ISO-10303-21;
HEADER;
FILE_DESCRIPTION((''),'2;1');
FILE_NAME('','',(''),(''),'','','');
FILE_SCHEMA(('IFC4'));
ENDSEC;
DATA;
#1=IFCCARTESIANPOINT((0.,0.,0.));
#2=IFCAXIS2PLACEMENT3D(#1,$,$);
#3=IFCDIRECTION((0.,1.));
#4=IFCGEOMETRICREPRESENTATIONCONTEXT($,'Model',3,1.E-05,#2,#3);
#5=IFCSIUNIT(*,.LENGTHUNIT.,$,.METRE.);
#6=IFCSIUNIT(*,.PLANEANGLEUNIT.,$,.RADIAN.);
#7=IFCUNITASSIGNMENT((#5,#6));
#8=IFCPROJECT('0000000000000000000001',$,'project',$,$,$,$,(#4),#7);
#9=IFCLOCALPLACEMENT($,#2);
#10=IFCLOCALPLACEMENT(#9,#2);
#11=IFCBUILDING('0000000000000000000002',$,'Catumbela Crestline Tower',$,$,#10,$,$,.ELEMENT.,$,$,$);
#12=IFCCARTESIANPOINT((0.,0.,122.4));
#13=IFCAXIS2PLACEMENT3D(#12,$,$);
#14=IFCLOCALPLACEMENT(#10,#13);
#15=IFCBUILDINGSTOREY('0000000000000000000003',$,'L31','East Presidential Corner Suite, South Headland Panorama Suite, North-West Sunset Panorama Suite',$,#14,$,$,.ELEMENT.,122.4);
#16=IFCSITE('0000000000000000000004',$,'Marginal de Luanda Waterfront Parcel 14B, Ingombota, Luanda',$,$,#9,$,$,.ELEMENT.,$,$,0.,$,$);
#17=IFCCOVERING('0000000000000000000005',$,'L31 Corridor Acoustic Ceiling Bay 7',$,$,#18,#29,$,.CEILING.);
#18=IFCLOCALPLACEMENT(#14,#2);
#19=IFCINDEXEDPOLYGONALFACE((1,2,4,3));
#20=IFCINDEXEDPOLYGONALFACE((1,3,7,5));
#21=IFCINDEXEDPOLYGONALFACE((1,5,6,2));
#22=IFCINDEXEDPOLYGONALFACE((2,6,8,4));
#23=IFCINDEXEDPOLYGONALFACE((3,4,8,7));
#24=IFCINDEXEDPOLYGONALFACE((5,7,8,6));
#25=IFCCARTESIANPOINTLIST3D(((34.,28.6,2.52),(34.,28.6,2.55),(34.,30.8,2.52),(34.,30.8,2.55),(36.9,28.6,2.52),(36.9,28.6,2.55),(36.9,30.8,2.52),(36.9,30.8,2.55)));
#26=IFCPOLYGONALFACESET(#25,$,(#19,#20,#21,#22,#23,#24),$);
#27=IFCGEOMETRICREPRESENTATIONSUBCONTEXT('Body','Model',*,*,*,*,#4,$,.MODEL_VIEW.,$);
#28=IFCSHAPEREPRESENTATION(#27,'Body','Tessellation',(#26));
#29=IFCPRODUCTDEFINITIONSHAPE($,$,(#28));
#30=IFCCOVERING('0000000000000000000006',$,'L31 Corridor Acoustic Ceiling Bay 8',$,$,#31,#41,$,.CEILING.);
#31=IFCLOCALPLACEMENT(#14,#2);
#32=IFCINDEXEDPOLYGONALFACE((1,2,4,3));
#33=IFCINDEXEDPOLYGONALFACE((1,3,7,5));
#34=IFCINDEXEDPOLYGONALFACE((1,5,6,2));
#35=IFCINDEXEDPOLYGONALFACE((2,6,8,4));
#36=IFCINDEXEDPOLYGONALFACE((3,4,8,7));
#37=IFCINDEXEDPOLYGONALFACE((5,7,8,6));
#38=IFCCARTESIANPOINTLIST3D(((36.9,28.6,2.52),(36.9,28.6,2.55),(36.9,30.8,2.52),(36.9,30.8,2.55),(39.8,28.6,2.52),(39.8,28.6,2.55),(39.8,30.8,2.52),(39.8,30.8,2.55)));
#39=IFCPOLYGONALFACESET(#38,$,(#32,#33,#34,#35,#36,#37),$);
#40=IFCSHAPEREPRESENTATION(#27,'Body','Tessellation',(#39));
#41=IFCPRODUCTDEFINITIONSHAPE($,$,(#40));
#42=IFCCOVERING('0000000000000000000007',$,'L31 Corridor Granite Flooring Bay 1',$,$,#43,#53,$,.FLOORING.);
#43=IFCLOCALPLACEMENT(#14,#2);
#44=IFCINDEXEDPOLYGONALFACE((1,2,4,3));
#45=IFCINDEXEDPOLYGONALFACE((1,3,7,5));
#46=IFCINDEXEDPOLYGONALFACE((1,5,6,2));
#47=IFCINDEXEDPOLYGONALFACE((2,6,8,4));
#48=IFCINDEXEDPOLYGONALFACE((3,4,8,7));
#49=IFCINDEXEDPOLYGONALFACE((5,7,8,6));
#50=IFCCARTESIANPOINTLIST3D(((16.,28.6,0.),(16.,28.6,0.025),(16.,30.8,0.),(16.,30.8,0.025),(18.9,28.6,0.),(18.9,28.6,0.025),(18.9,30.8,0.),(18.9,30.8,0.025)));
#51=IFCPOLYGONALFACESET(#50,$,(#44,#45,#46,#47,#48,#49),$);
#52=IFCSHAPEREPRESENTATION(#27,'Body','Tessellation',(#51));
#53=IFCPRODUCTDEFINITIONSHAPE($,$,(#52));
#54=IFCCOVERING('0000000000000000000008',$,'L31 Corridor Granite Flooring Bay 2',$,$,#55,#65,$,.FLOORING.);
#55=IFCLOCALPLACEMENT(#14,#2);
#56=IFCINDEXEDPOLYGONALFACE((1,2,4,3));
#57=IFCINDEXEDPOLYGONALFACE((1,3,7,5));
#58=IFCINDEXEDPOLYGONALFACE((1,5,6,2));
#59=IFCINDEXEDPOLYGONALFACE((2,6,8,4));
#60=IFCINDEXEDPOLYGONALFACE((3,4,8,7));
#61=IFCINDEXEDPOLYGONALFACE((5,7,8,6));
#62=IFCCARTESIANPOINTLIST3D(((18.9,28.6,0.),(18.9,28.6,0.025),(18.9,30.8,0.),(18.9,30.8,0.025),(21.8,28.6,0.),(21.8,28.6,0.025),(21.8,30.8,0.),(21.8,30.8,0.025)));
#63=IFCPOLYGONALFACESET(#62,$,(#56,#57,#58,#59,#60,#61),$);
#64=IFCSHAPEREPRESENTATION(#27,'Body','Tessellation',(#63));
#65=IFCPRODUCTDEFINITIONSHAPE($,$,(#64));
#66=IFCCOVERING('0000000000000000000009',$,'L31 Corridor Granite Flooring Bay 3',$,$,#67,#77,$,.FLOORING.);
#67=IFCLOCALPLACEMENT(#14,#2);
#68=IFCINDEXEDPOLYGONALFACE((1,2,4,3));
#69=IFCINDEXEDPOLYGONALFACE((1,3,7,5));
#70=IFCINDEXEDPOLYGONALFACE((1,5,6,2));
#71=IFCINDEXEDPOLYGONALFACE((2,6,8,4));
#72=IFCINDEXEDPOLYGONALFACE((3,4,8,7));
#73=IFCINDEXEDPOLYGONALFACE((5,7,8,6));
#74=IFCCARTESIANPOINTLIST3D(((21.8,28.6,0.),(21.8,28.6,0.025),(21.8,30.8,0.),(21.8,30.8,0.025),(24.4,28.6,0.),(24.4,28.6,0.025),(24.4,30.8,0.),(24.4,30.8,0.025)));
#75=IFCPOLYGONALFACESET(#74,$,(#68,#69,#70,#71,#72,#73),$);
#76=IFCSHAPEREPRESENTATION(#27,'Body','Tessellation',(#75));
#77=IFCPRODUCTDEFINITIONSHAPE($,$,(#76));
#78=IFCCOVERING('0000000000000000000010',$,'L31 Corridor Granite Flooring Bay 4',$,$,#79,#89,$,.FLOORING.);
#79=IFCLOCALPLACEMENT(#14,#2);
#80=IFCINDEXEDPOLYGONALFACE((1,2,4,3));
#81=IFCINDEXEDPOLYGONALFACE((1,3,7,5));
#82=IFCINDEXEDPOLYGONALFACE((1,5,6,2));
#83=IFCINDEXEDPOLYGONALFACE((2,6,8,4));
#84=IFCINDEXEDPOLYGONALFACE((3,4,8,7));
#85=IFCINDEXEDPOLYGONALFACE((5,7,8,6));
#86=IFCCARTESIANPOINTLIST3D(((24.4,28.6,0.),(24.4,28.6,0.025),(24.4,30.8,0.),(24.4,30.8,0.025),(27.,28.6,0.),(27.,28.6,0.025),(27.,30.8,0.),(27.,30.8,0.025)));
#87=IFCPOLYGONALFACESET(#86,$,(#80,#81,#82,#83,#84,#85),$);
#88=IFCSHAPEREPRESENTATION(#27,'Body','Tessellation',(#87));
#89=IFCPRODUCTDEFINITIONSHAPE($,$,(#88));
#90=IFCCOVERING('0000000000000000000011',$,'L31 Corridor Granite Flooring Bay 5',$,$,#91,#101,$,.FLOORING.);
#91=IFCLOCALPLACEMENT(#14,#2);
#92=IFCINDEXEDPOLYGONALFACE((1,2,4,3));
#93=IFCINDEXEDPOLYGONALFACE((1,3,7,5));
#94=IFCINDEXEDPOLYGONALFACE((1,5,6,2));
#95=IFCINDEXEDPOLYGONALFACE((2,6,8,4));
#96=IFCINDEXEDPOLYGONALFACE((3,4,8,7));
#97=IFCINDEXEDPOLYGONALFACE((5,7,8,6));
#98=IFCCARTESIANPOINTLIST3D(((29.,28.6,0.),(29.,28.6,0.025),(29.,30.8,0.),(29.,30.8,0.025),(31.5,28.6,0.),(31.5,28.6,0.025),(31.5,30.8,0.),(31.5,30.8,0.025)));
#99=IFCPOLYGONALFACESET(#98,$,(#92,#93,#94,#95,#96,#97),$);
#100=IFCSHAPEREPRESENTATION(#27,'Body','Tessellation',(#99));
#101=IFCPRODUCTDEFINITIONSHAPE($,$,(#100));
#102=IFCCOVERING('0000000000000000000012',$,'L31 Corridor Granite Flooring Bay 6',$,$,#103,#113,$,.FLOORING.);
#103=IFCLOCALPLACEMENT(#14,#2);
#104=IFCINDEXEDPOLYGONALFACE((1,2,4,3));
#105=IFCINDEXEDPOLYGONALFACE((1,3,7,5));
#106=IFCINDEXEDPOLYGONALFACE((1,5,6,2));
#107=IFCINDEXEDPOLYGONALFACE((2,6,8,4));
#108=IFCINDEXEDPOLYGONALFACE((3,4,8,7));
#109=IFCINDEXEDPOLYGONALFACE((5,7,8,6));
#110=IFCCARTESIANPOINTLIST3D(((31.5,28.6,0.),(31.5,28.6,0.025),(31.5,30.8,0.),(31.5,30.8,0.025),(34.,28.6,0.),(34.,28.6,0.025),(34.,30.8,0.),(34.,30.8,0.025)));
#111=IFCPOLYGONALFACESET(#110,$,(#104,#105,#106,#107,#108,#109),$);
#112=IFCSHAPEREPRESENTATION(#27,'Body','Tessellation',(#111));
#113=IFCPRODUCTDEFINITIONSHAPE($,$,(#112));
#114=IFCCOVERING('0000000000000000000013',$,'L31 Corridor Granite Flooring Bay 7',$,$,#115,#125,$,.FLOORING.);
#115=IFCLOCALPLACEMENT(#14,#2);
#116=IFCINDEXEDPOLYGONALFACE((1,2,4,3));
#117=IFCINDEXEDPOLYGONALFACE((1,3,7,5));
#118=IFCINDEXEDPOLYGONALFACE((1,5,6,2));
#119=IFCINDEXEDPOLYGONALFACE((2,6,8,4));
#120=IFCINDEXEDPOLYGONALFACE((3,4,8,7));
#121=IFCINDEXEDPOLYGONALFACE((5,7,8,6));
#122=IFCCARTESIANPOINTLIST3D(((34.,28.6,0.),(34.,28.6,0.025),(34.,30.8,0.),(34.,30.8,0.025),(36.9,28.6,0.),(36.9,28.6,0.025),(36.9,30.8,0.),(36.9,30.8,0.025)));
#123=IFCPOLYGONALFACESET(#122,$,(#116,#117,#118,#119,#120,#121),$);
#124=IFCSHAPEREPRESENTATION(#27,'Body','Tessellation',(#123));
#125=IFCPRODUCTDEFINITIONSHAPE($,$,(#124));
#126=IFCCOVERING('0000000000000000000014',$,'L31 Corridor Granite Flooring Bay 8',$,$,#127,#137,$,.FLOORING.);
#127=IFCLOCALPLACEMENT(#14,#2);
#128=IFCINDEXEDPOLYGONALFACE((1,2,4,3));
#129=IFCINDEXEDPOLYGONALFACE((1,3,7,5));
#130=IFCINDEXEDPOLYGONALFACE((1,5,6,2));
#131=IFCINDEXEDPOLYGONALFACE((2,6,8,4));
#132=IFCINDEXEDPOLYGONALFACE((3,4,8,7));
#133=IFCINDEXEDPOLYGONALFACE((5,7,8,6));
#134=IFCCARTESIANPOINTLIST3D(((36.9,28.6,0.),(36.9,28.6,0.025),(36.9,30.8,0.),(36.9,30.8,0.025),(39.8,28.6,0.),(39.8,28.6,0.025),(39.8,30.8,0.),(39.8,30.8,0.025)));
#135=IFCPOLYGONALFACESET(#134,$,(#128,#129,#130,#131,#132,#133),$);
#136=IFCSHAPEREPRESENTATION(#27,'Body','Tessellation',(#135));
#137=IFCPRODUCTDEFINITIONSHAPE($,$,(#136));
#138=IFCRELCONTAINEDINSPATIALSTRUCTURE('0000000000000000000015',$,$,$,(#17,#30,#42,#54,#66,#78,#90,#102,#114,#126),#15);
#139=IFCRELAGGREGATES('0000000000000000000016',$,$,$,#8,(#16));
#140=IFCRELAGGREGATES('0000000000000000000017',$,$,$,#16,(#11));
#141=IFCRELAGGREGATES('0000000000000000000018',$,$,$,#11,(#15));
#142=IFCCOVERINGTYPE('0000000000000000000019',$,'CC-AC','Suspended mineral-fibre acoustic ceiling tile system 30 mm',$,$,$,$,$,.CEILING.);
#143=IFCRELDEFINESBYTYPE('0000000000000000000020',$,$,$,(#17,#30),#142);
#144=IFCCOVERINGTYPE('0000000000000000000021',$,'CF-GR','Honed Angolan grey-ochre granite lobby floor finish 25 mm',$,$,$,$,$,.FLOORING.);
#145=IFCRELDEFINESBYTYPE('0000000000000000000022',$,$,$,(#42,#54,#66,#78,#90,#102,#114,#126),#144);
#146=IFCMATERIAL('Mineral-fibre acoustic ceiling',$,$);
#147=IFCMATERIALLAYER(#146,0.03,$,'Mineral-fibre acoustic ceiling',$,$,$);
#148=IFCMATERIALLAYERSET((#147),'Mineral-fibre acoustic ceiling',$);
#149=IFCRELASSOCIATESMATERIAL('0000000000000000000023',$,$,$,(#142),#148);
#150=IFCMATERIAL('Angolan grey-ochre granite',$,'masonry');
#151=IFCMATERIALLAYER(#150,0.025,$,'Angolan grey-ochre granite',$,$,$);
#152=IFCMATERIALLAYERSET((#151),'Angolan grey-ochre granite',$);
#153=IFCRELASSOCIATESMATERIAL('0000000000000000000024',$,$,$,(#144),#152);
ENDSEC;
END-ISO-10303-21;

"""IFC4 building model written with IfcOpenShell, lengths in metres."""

from ifc_helpers import new_model, si_unit, direction, frame, origin, place, context, subcontext, project, spatial, polyline, outline, extrude, material, layer, layer_set, type_object, element, save


model = new_model("IFC4")

# Units and contexts
model_context = context("Model", 3, precision=1e-05, world=origin(), true_north=direction((0.0, 1.0)))
body_context = subcontext(model_context, "Body", "Model", "MODEL_VIEW")
ifc_project = project(units=[si_unit("LENGTHUNIT", "METRE"), si_unit("PLANEANGLEUNIT", "RADIAN")], contexts=[model_context])

# Site, building, storey
site_placement = place(None, origin())
site = spatial("IfcSite", under=ifc_project, at=site_placement, Name="Marginal de Luanda Waterfront Parcel 14B, Ingombota, Luanda", CompositionType="ELEMENT", RefElevation=0.0)
building_placement = place(site_placement, origin())
building = spatial("IfcBuilding", under=site, at=building_placement, Name="Catumbela Crestline Tower", CompositionType="ELEMENT")
storey_placement = place(building_placement, frame((0.0, 0.0, 122.4)))
storey = spatial("IfcBuildingStorey", under=building, at=storey_placement, Name="L31", Description="East Presidential Corner Suite, South Headland Panorama Suite, North-West Sunset Panorama Suite", CompositionType="ELEMENT", Elevation=122.4)

# Shared definitions
ifc_material_1 = material(Name="Angolan grey-ochre granite", Category="masonry")

# Coverings
ifc_material_2 = material(Name="Mineral-fibre acoustic ceiling")
ifc_layer_1 = layer(ifc_material_2, 0.03, Name="Mineral-fibre acoustic ceiling")
ifc_layer_set_1 = layer_set([ifc_layer_1], Name="Mineral-fibre acoustic ceiling")
covering_type_1 = type_object("IfcCoveringType", Name="CC-AC", Description="Suspended mineral-fibre acoustic ceiling tile system 30 mm", PredefinedType="CEILING", material=ifc_layer_set_1)
covering_1_placement = place(storey_placement, frame((0.0, 0.0, 2.52)))
element("IfcCovering", 1, at=covering_1_placement, inside=storey, type_object=covering_type_1, Name="L31 Corridor Acoustic Ceiling Bay 7", PredefinedType="CEILING", context=body_context, shape_type="SweptSolid", body=[
    extrude(outline(polyline([(34.0, 28.6), (36.9, 28.6), (36.9, 30.8), (34.0, 30.8), (34.0, 28.6)])), origin(), (0.0, 0.0, 1.0), 0.03),
])
covering_2_placement = place(storey_placement, frame((0.0, 0.0, 2.52)))
element("IfcCovering", 2, at=covering_2_placement, inside=storey, type_object=covering_type_1, Name="L31 Corridor Acoustic Ceiling Bay 8", PredefinedType="CEILING", context=body_context, shape_type="SweptSolid", body=[
    extrude(outline(polyline([(36.9, 28.6), (39.8, 28.6), (39.8, 30.8), (36.9, 30.8), (36.9, 28.6)])), origin(), (0.0, 0.0, 1.0), 0.03),
])
ifc_layer_2 = layer(ifc_material_1, 0.025, Name="Angolan grey-ochre granite")
ifc_layer_set_2 = layer_set([ifc_layer_2], Name="Angolan grey-ochre granite")
covering_type_2 = type_object("IfcCoveringType", Name="CF-GR", Description="Honed Angolan grey-ochre granite lobby floor finish 25 mm", PredefinedType="FLOORING", material=ifc_layer_set_2)
covering_3_placement = place(storey_placement, origin())
element("IfcCovering", 3, at=covering_3_placement, inside=storey, type_object=covering_type_2, Name="L31 Corridor Granite Flooring Bay 1", PredefinedType="FLOORING", context=body_context, shape_type="SweptSolid", body=[
    extrude(outline(polyline([(16.0, 28.6), (18.9, 28.6), (18.9, 30.8), (16.0, 30.8), (16.0, 28.6)])), origin(), (0.0, 0.0, 1.0), 0.025),
])
covering_4_placement = place(storey_placement, origin())
element("IfcCovering", 4, at=covering_4_placement, inside=storey, type_object=covering_type_2, Name="L31 Corridor Granite Flooring Bay 2", PredefinedType="FLOORING", context=body_context, shape_type="SweptSolid", body=[
    extrude(outline(polyline([(18.9, 28.6), (21.8, 28.6), (21.8, 30.8), (18.9, 30.8), (18.9, 28.6)])), origin(), (0.0, 0.0, 1.0), 0.025),
])
covering_5_placement = place(storey_placement, origin())
element("IfcCovering", 5, at=covering_5_placement, inside=storey, type_object=covering_type_2, Name="L31 Corridor Granite Flooring Bay 3", PredefinedType="FLOORING", context=body_context, shape_type="SweptSolid", body=[
    extrude(outline(polyline([(21.8, 28.6), (24.4, 28.6), (24.4, 30.8), (21.8, 30.8), (21.8, 28.6)])), origin(), (0.0, 0.0, 1.0), 0.025),
])
covering_6_placement = place(storey_placement, origin())
element("IfcCovering", 6, at=covering_6_placement, inside=storey, type_object=covering_type_2, Name="L31 Corridor Granite Flooring Bay 4", PredefinedType="FLOORING", context=body_context, shape_type="SweptSolid", body=[
    extrude(outline(polyline([(24.4, 28.6), (27.0, 28.6), (27.0, 30.8), (24.4, 30.8), (24.4, 28.6)])), origin(), (0.0, 0.0, 1.0), 0.025),
])
covering_7_placement = place(storey_placement, origin())
element("IfcCovering", 7, at=covering_7_placement, inside=storey, type_object=covering_type_2, Name="L31 Corridor Granite Flooring Bay 5", PredefinedType="FLOORING", context=body_context, shape_type="SweptSolid", body=[
    extrude(outline(polyline([(29.0, 28.6), (31.5, 28.6), (31.5, 30.8), (29.0, 30.8), (29.0, 28.6)])), origin(), (0.0, 0.0, 1.0), 0.025),
])
covering_8_placement = place(storey_placement, origin())
element("IfcCovering", 8, at=covering_8_placement, inside=storey, type_object=covering_type_2, Name="L31 Corridor Granite Flooring Bay 6", PredefinedType="FLOORING", context=body_context, shape_type="SweptSolid", body=[
    extrude(outline(polyline([(31.5, 28.6), (34.0, 28.6), (34.0, 30.8), (31.5, 30.8), (31.5, 28.6)])), origin(), (0.0, 0.0, 1.0), 0.025),
])
covering_9_placement = place(storey_placement, origin())
element("IfcCovering", 9, at=covering_9_placement, inside=storey, type_object=covering_type_2, Name="L31 Corridor Granite Flooring Bay 7", PredefinedType="FLOORING", context=body_context, shape_type="SweptSolid", body=[
    extrude(outline(polyline([(34.0, 28.6), (36.9, 28.6), (36.9, 30.8), (34.0, 30.8), (34.0, 28.6)])), origin(), (0.0, 0.0, 1.0), 0.025),
])
covering_10_placement = place(storey_placement, origin())
element("IfcCovering", 10, at=covering_10_placement, inside=storey, type_object=covering_type_2, Name="L31 Corridor Granite Flooring Bay 8", PredefinedType="FLOORING", context=body_context, shape_type="SweptSolid", body=[
    extrude(outline(polyline([(36.9, 28.6), (39.8, 28.6), (39.8, 30.8), (36.9, 30.8), (36.9, 28.6)])), origin(), (0.0, 0.0, 1.0), 0.025),
])

save(model, "model.ifc")
